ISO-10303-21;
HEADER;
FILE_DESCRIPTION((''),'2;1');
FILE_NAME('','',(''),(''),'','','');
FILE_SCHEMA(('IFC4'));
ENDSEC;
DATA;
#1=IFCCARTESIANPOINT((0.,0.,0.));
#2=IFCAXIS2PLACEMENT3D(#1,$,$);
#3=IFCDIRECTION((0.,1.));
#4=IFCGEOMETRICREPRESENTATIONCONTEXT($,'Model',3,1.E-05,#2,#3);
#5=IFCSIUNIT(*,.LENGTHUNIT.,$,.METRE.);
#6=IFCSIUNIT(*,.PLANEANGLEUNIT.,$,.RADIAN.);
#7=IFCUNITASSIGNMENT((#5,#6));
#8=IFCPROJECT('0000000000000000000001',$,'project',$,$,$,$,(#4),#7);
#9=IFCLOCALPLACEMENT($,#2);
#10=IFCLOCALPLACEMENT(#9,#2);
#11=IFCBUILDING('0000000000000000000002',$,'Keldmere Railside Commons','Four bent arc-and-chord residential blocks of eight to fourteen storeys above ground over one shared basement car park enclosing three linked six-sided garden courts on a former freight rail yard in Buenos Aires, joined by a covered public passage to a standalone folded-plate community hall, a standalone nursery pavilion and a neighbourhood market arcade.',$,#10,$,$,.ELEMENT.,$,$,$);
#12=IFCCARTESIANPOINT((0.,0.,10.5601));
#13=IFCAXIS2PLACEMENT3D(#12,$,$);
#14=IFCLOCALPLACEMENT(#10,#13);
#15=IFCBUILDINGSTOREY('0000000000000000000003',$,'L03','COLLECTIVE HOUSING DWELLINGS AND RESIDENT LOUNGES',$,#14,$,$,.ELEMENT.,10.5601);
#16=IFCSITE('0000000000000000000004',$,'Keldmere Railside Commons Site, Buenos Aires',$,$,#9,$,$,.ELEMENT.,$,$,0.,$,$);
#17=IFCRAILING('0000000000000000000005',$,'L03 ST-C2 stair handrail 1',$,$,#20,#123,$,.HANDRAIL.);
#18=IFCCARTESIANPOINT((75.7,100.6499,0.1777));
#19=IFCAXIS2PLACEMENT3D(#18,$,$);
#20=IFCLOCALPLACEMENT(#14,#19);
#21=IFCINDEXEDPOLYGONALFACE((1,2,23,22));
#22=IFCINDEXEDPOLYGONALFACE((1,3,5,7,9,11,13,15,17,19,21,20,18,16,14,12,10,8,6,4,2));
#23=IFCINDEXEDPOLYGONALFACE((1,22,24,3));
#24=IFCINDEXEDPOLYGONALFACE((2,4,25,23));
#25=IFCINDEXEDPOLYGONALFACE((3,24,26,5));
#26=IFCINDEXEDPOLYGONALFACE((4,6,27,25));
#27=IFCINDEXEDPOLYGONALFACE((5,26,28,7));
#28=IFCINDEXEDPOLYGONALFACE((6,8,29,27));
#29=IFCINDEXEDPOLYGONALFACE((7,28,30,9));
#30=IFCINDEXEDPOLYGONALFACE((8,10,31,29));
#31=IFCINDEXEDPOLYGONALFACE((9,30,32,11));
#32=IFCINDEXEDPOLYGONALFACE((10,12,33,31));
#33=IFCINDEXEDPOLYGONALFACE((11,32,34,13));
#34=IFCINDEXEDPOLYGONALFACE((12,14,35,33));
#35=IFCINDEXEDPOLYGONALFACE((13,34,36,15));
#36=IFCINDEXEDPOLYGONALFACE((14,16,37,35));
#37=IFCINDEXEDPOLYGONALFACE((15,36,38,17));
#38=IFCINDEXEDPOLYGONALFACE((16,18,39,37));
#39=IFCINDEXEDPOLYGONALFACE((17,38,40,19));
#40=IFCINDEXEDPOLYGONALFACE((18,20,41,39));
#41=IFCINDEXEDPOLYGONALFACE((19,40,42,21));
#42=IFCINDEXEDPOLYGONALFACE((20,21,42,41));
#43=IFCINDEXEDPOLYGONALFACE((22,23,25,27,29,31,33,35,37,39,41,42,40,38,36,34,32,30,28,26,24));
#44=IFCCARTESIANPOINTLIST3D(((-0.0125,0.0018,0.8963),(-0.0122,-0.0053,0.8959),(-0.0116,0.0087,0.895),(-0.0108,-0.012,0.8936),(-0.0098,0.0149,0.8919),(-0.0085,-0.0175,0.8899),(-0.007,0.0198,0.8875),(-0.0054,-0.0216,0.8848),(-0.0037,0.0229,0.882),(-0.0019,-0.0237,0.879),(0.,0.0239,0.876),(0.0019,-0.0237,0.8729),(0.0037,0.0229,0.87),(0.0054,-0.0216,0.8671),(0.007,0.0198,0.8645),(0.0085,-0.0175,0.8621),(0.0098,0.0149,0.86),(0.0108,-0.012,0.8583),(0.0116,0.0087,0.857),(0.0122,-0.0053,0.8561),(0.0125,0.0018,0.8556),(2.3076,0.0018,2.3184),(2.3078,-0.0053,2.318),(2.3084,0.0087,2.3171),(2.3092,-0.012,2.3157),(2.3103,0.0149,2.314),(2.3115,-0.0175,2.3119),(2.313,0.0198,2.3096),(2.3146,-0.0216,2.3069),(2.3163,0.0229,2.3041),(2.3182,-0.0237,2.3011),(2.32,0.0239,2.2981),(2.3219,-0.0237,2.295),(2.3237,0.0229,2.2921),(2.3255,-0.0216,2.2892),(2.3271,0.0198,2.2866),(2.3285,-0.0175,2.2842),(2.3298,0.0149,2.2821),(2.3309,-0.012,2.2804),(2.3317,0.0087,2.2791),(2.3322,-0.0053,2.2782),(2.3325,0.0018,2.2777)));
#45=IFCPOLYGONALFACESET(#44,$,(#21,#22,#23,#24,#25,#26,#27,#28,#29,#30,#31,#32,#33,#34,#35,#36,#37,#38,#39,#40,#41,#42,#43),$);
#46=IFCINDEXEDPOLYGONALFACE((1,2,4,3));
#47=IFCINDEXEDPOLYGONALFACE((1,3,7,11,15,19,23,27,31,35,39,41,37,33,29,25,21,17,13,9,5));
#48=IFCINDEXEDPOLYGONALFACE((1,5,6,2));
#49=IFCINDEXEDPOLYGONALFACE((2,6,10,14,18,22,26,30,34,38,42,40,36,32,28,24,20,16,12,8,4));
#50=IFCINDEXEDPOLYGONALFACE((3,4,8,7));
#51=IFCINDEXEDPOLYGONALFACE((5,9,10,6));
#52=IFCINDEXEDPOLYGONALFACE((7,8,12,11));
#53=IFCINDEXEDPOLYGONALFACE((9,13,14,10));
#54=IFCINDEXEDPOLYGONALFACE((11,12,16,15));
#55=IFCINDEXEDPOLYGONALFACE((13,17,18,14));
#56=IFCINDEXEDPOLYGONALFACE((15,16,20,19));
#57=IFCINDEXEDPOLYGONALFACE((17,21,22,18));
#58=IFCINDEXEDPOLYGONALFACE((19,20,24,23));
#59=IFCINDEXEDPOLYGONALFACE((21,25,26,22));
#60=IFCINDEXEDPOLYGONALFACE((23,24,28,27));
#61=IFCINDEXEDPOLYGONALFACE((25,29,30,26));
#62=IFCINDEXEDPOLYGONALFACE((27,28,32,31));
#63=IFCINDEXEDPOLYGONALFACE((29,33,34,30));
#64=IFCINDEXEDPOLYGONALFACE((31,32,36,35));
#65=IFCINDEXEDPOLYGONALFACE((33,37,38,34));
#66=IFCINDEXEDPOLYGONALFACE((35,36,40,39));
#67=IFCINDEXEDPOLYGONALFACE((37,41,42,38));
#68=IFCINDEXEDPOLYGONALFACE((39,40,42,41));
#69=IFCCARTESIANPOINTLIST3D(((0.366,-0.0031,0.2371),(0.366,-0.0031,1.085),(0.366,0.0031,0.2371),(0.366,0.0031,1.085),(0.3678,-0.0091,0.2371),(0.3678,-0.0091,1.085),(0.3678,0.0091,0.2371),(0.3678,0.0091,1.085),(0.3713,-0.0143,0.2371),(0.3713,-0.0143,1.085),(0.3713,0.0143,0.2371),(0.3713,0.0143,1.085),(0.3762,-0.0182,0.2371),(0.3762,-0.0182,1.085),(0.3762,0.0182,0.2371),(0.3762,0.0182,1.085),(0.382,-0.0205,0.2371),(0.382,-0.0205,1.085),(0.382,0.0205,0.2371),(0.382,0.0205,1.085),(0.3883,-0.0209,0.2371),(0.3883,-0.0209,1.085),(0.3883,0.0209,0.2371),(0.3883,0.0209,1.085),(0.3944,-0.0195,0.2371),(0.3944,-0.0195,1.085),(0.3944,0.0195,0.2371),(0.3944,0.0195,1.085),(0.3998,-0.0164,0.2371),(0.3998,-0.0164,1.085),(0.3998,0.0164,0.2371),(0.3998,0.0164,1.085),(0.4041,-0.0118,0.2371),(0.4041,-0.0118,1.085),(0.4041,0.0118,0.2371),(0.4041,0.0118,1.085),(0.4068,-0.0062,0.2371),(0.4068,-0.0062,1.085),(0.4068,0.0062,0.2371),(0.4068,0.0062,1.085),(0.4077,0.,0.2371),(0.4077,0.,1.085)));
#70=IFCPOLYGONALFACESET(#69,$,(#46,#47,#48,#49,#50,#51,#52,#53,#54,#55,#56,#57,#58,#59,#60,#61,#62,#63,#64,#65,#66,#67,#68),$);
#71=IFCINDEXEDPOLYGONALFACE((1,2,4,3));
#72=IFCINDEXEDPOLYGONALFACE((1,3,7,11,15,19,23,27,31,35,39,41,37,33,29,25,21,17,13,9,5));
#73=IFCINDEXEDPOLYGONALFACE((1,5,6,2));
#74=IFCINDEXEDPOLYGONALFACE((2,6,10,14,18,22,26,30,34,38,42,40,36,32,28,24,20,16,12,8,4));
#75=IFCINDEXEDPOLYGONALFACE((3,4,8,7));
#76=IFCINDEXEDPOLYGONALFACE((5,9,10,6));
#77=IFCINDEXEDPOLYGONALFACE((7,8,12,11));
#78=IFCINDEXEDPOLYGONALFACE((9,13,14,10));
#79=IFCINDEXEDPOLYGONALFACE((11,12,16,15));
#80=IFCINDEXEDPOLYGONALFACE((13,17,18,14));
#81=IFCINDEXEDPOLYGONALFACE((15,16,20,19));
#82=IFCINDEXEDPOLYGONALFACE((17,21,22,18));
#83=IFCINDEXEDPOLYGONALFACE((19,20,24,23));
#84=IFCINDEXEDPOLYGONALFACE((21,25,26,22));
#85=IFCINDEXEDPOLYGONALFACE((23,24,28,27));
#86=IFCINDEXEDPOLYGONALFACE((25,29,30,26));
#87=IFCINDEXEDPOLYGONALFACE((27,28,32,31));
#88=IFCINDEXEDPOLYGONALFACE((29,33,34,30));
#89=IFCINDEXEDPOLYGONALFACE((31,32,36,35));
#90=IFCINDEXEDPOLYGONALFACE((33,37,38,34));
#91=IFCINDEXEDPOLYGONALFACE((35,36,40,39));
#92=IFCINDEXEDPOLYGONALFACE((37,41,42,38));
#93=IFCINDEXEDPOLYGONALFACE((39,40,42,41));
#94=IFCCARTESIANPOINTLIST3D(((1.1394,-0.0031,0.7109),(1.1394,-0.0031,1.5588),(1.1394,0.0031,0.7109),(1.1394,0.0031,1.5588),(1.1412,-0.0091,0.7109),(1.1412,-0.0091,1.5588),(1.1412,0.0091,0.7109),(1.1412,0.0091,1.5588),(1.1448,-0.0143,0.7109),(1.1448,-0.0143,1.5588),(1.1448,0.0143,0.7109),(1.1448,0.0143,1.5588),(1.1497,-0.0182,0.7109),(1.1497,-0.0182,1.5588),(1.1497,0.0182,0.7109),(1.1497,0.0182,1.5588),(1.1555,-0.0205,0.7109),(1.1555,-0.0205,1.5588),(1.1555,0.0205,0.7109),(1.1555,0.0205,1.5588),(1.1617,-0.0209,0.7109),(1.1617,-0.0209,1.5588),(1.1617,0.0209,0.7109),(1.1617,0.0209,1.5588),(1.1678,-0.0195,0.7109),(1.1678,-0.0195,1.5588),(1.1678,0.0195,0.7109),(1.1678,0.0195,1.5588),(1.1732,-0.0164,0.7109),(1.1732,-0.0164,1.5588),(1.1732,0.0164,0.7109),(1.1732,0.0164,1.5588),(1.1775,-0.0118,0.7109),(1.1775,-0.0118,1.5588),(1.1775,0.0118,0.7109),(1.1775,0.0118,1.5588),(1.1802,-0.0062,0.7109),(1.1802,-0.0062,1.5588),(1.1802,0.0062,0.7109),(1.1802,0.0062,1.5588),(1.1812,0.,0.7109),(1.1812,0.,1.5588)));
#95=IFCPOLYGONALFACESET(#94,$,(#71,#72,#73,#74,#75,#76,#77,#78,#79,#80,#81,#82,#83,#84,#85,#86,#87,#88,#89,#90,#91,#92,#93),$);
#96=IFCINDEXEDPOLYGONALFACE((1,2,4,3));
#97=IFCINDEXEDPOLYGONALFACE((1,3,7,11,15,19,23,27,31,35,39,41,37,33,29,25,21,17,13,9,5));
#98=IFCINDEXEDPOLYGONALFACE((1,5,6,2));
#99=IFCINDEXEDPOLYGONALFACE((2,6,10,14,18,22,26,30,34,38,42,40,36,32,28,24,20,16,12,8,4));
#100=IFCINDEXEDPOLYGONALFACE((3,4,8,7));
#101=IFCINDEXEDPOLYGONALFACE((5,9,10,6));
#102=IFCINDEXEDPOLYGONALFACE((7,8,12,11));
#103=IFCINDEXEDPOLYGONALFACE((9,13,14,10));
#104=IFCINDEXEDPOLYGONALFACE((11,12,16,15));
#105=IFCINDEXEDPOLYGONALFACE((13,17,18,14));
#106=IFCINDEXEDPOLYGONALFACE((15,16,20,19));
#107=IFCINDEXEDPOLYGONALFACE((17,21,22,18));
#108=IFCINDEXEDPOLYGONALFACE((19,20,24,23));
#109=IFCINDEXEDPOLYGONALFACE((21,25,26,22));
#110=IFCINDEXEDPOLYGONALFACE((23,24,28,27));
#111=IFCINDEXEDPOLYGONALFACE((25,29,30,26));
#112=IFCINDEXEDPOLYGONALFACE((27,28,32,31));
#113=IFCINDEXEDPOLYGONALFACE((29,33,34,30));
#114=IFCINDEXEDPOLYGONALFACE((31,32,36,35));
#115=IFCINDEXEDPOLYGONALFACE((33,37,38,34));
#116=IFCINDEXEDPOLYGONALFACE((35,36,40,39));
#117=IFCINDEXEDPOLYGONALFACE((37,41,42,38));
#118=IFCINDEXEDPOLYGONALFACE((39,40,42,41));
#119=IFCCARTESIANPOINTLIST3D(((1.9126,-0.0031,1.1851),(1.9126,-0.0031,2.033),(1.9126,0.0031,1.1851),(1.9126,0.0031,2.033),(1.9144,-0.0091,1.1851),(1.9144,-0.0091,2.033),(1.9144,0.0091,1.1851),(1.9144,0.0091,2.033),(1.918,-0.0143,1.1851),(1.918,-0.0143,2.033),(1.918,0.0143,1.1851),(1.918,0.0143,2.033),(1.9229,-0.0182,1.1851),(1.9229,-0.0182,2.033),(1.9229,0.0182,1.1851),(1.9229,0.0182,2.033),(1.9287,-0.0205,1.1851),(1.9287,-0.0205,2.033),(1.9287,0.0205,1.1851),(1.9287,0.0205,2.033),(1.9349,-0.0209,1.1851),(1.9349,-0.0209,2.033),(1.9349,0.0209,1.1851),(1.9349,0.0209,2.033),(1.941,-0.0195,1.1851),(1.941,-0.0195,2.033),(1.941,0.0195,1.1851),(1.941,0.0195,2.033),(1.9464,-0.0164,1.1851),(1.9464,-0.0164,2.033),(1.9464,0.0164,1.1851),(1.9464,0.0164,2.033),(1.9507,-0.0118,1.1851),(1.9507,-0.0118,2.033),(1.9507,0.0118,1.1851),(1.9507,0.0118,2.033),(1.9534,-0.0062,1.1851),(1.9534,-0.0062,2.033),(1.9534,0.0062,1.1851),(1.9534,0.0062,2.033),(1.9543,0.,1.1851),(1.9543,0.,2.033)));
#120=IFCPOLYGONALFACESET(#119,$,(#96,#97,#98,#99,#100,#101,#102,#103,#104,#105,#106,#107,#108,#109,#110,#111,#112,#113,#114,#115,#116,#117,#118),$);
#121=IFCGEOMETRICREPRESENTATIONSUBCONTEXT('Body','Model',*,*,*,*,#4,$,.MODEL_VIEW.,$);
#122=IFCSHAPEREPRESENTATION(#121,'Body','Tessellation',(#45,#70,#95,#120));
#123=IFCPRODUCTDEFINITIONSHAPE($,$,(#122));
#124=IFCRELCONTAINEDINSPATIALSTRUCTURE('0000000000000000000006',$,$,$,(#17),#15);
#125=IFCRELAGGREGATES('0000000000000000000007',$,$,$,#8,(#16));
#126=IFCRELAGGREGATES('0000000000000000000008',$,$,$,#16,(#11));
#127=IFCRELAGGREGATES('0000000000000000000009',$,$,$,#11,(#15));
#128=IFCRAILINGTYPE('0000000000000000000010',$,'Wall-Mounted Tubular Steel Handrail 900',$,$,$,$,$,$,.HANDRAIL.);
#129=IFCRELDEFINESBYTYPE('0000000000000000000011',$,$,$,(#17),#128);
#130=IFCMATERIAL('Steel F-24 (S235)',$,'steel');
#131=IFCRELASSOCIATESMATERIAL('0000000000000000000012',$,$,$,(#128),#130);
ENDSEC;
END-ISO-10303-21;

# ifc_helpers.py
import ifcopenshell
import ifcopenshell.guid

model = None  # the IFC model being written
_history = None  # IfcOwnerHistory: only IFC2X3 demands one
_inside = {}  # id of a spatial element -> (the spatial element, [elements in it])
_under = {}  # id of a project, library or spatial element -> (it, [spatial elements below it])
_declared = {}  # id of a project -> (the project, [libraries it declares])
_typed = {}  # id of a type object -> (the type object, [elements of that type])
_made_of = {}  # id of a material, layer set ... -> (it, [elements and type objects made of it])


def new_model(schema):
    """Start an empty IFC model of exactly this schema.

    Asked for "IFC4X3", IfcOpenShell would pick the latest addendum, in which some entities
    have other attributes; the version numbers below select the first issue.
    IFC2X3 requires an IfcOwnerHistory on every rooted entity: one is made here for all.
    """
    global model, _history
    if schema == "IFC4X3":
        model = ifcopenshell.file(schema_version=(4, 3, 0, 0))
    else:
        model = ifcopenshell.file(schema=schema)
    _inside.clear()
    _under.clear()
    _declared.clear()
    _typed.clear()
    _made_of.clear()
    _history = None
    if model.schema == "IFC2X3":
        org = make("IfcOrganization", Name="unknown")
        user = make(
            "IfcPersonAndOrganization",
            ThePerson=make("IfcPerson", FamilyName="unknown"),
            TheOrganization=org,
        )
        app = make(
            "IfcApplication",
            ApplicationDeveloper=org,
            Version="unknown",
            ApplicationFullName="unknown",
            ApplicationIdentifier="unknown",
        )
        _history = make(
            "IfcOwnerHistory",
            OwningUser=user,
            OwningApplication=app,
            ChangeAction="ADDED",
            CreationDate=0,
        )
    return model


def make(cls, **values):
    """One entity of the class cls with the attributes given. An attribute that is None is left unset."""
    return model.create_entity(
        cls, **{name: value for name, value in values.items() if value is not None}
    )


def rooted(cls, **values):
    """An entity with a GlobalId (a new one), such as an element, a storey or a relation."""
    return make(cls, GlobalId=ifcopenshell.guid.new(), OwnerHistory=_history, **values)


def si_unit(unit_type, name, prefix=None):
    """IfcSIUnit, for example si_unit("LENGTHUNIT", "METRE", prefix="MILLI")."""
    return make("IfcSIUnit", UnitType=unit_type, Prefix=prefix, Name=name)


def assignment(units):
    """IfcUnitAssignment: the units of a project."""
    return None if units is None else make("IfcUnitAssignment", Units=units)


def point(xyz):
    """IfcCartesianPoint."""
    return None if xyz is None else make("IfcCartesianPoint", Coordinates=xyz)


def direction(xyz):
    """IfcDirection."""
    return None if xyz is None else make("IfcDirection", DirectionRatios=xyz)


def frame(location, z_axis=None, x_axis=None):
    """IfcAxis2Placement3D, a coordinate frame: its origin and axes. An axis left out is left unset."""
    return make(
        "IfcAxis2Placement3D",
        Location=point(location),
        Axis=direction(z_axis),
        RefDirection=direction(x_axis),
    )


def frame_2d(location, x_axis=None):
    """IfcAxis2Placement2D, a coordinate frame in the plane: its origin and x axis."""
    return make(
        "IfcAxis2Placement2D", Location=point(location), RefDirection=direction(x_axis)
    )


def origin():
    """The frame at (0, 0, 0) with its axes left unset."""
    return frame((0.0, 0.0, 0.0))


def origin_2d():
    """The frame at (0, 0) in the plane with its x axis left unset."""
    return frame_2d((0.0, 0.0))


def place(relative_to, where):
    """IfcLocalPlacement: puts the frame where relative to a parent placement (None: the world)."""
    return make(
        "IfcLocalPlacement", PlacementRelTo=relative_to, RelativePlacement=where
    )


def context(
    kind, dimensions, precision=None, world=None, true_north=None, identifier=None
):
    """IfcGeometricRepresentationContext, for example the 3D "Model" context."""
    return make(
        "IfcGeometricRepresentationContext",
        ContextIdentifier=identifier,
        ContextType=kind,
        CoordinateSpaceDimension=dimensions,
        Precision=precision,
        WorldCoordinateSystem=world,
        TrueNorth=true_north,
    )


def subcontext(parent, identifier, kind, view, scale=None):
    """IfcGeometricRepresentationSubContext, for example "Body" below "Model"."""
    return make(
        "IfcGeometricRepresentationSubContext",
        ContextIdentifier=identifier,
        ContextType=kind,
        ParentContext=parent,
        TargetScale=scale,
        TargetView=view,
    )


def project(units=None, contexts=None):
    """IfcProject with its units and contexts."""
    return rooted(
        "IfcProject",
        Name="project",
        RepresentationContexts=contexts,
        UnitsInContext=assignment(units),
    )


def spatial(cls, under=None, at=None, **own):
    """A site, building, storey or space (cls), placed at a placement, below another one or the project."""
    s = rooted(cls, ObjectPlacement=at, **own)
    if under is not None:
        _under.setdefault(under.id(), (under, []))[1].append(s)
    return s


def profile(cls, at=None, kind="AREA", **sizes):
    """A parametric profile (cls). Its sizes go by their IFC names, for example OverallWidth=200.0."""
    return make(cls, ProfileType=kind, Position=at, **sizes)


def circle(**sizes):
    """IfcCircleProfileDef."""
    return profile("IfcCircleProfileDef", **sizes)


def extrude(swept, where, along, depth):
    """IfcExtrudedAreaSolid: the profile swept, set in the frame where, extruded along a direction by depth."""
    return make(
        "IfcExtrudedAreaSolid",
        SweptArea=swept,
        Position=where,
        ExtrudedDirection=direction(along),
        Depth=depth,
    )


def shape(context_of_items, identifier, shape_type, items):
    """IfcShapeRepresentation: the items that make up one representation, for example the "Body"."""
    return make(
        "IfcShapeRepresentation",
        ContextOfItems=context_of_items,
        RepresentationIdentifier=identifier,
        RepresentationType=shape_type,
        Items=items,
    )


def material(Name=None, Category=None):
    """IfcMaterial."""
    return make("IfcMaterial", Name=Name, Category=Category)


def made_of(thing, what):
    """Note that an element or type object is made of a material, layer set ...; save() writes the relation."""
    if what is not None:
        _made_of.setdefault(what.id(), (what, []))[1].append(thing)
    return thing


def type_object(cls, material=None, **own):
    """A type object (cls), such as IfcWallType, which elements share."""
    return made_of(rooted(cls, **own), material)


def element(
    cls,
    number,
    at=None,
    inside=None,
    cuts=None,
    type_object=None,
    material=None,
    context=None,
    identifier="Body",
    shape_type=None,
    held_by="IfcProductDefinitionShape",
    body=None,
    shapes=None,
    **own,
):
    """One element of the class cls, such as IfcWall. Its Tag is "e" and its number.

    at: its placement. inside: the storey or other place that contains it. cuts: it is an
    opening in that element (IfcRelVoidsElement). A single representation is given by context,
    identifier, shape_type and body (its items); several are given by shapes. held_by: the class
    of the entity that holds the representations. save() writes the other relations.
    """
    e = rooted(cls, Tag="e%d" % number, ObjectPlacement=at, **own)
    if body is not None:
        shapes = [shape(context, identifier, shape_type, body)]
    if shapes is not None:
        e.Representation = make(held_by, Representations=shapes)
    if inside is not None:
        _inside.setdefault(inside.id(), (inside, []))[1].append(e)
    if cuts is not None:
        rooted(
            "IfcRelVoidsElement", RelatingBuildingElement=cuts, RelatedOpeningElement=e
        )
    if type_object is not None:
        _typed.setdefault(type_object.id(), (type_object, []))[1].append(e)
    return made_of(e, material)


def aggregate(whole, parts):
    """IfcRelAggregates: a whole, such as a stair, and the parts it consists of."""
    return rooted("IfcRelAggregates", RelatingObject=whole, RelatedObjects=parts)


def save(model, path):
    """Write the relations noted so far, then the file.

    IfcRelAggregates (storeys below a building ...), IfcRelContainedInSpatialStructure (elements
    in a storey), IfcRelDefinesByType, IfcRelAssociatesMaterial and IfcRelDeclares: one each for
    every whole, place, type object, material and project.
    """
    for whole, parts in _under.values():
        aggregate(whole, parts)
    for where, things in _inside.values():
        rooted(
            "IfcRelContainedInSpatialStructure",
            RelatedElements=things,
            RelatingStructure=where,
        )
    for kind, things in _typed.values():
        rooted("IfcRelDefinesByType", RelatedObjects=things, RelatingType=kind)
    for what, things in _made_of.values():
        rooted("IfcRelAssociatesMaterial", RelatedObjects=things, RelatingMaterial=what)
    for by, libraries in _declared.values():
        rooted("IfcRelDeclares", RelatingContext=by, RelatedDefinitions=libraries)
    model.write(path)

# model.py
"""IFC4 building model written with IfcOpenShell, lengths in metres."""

from ifc_helpers import new_model, si_unit, direction, frame, origin, origin_2d, place, context, subcontext, project, spatial, circle, extrude, material, type_object, element, save


model = new_model("IFC4")

# Units and contexts
model_context = context("Model", 3, precision=1e-05, world=origin(), true_north=direction((0.0, 1.0)))
body_context = subcontext(model_context, "Body", "Model", "MODEL_VIEW")
ifc_project = project(units=[si_unit("LENGTHUNIT", "METRE"), si_unit("PLANEANGLEUNIT", "RADIAN")], contexts=[model_context])

# Site, building, storey
site_placement = place(None, origin())
site = spatial("IfcSite", under=ifc_project, at=site_placement, Name="Keldmere Railside Commons Site, Buenos Aires", CompositionType="ELEMENT", RefElevation=0.0)
building_placement = place(site_placement, origin())
building = spatial("IfcBuilding", under=site, at=building_placement, Name="Keldmere Railside Commons", Description="Four bent arc-and-chord residential blocks of eight to fourteen storeys above ground over one shared basement car park enclosing three linked six-sided garden courts on a former freight rail yard in Buenos Aires, joined by a covered public passage to a standalone folded-plate community hall, a standalone nursery pavilion and a neighbourhood market arcade.", CompositionType="ELEMENT")
storey_placement = place(building_placement, frame((0.0, 0.0, 10.5601)))
storey = spatial("IfcBuildingStorey", under=building, at=storey_placement, Name="L03", Description="COLLECTIVE HOUSING DWELLINGS AND RESIDENT LOUNGES", CompositionType="ELEMENT", Elevation=10.5601)

# Railing
ifc_material_1 = material(Name="Steel F-24 (S235)", Category="steel")
railing_type_1 = type_object("IfcRailingType", Name="Wall-Mounted Tubular Steel Handrail 900", PredefinedType="HANDRAIL", material=ifc_material_1)
railing_1_placement = place(storey_placement, frame((75.7, 100.6499, 0.1777)))
element("IfcRailing", 1, at=railing_1_placement, inside=storey, type_object=railing_type_1, Name="L03 ST-C2 stair handrail 1", PredefinedType="HANDRAIL", context=body_context, shape_type="SweptSolid", body=[
    extrude(circle(Radius=0.0239, at=origin_2d()), frame((0.0, 0.0, 0.876), z_axis=(0.852578, 0.0, 0.5226), x_axis=(0.0, 1.0, 0.0)), (0.0, 0.0, 1.0), 2.7212),
    extrude(circle(Radius=0.021, at=origin_2d()), frame((0.3867, 0.0, 0.2371)), (0.0, 0.0, 1.0), 0.8479),
    extrude(circle(Radius=0.021, at=origin_2d()), frame((1.1602, 0.0, 0.7109)), (0.0, 0.0, 1.0), 0.8479),
    extrude(circle(Radius=0.021, at=origin_2d()), frame((1.9333, 0.0, 1.1851)), (0.0, 0.0, 1.0), 0.8479),
])

save(model, "model.ifc")
